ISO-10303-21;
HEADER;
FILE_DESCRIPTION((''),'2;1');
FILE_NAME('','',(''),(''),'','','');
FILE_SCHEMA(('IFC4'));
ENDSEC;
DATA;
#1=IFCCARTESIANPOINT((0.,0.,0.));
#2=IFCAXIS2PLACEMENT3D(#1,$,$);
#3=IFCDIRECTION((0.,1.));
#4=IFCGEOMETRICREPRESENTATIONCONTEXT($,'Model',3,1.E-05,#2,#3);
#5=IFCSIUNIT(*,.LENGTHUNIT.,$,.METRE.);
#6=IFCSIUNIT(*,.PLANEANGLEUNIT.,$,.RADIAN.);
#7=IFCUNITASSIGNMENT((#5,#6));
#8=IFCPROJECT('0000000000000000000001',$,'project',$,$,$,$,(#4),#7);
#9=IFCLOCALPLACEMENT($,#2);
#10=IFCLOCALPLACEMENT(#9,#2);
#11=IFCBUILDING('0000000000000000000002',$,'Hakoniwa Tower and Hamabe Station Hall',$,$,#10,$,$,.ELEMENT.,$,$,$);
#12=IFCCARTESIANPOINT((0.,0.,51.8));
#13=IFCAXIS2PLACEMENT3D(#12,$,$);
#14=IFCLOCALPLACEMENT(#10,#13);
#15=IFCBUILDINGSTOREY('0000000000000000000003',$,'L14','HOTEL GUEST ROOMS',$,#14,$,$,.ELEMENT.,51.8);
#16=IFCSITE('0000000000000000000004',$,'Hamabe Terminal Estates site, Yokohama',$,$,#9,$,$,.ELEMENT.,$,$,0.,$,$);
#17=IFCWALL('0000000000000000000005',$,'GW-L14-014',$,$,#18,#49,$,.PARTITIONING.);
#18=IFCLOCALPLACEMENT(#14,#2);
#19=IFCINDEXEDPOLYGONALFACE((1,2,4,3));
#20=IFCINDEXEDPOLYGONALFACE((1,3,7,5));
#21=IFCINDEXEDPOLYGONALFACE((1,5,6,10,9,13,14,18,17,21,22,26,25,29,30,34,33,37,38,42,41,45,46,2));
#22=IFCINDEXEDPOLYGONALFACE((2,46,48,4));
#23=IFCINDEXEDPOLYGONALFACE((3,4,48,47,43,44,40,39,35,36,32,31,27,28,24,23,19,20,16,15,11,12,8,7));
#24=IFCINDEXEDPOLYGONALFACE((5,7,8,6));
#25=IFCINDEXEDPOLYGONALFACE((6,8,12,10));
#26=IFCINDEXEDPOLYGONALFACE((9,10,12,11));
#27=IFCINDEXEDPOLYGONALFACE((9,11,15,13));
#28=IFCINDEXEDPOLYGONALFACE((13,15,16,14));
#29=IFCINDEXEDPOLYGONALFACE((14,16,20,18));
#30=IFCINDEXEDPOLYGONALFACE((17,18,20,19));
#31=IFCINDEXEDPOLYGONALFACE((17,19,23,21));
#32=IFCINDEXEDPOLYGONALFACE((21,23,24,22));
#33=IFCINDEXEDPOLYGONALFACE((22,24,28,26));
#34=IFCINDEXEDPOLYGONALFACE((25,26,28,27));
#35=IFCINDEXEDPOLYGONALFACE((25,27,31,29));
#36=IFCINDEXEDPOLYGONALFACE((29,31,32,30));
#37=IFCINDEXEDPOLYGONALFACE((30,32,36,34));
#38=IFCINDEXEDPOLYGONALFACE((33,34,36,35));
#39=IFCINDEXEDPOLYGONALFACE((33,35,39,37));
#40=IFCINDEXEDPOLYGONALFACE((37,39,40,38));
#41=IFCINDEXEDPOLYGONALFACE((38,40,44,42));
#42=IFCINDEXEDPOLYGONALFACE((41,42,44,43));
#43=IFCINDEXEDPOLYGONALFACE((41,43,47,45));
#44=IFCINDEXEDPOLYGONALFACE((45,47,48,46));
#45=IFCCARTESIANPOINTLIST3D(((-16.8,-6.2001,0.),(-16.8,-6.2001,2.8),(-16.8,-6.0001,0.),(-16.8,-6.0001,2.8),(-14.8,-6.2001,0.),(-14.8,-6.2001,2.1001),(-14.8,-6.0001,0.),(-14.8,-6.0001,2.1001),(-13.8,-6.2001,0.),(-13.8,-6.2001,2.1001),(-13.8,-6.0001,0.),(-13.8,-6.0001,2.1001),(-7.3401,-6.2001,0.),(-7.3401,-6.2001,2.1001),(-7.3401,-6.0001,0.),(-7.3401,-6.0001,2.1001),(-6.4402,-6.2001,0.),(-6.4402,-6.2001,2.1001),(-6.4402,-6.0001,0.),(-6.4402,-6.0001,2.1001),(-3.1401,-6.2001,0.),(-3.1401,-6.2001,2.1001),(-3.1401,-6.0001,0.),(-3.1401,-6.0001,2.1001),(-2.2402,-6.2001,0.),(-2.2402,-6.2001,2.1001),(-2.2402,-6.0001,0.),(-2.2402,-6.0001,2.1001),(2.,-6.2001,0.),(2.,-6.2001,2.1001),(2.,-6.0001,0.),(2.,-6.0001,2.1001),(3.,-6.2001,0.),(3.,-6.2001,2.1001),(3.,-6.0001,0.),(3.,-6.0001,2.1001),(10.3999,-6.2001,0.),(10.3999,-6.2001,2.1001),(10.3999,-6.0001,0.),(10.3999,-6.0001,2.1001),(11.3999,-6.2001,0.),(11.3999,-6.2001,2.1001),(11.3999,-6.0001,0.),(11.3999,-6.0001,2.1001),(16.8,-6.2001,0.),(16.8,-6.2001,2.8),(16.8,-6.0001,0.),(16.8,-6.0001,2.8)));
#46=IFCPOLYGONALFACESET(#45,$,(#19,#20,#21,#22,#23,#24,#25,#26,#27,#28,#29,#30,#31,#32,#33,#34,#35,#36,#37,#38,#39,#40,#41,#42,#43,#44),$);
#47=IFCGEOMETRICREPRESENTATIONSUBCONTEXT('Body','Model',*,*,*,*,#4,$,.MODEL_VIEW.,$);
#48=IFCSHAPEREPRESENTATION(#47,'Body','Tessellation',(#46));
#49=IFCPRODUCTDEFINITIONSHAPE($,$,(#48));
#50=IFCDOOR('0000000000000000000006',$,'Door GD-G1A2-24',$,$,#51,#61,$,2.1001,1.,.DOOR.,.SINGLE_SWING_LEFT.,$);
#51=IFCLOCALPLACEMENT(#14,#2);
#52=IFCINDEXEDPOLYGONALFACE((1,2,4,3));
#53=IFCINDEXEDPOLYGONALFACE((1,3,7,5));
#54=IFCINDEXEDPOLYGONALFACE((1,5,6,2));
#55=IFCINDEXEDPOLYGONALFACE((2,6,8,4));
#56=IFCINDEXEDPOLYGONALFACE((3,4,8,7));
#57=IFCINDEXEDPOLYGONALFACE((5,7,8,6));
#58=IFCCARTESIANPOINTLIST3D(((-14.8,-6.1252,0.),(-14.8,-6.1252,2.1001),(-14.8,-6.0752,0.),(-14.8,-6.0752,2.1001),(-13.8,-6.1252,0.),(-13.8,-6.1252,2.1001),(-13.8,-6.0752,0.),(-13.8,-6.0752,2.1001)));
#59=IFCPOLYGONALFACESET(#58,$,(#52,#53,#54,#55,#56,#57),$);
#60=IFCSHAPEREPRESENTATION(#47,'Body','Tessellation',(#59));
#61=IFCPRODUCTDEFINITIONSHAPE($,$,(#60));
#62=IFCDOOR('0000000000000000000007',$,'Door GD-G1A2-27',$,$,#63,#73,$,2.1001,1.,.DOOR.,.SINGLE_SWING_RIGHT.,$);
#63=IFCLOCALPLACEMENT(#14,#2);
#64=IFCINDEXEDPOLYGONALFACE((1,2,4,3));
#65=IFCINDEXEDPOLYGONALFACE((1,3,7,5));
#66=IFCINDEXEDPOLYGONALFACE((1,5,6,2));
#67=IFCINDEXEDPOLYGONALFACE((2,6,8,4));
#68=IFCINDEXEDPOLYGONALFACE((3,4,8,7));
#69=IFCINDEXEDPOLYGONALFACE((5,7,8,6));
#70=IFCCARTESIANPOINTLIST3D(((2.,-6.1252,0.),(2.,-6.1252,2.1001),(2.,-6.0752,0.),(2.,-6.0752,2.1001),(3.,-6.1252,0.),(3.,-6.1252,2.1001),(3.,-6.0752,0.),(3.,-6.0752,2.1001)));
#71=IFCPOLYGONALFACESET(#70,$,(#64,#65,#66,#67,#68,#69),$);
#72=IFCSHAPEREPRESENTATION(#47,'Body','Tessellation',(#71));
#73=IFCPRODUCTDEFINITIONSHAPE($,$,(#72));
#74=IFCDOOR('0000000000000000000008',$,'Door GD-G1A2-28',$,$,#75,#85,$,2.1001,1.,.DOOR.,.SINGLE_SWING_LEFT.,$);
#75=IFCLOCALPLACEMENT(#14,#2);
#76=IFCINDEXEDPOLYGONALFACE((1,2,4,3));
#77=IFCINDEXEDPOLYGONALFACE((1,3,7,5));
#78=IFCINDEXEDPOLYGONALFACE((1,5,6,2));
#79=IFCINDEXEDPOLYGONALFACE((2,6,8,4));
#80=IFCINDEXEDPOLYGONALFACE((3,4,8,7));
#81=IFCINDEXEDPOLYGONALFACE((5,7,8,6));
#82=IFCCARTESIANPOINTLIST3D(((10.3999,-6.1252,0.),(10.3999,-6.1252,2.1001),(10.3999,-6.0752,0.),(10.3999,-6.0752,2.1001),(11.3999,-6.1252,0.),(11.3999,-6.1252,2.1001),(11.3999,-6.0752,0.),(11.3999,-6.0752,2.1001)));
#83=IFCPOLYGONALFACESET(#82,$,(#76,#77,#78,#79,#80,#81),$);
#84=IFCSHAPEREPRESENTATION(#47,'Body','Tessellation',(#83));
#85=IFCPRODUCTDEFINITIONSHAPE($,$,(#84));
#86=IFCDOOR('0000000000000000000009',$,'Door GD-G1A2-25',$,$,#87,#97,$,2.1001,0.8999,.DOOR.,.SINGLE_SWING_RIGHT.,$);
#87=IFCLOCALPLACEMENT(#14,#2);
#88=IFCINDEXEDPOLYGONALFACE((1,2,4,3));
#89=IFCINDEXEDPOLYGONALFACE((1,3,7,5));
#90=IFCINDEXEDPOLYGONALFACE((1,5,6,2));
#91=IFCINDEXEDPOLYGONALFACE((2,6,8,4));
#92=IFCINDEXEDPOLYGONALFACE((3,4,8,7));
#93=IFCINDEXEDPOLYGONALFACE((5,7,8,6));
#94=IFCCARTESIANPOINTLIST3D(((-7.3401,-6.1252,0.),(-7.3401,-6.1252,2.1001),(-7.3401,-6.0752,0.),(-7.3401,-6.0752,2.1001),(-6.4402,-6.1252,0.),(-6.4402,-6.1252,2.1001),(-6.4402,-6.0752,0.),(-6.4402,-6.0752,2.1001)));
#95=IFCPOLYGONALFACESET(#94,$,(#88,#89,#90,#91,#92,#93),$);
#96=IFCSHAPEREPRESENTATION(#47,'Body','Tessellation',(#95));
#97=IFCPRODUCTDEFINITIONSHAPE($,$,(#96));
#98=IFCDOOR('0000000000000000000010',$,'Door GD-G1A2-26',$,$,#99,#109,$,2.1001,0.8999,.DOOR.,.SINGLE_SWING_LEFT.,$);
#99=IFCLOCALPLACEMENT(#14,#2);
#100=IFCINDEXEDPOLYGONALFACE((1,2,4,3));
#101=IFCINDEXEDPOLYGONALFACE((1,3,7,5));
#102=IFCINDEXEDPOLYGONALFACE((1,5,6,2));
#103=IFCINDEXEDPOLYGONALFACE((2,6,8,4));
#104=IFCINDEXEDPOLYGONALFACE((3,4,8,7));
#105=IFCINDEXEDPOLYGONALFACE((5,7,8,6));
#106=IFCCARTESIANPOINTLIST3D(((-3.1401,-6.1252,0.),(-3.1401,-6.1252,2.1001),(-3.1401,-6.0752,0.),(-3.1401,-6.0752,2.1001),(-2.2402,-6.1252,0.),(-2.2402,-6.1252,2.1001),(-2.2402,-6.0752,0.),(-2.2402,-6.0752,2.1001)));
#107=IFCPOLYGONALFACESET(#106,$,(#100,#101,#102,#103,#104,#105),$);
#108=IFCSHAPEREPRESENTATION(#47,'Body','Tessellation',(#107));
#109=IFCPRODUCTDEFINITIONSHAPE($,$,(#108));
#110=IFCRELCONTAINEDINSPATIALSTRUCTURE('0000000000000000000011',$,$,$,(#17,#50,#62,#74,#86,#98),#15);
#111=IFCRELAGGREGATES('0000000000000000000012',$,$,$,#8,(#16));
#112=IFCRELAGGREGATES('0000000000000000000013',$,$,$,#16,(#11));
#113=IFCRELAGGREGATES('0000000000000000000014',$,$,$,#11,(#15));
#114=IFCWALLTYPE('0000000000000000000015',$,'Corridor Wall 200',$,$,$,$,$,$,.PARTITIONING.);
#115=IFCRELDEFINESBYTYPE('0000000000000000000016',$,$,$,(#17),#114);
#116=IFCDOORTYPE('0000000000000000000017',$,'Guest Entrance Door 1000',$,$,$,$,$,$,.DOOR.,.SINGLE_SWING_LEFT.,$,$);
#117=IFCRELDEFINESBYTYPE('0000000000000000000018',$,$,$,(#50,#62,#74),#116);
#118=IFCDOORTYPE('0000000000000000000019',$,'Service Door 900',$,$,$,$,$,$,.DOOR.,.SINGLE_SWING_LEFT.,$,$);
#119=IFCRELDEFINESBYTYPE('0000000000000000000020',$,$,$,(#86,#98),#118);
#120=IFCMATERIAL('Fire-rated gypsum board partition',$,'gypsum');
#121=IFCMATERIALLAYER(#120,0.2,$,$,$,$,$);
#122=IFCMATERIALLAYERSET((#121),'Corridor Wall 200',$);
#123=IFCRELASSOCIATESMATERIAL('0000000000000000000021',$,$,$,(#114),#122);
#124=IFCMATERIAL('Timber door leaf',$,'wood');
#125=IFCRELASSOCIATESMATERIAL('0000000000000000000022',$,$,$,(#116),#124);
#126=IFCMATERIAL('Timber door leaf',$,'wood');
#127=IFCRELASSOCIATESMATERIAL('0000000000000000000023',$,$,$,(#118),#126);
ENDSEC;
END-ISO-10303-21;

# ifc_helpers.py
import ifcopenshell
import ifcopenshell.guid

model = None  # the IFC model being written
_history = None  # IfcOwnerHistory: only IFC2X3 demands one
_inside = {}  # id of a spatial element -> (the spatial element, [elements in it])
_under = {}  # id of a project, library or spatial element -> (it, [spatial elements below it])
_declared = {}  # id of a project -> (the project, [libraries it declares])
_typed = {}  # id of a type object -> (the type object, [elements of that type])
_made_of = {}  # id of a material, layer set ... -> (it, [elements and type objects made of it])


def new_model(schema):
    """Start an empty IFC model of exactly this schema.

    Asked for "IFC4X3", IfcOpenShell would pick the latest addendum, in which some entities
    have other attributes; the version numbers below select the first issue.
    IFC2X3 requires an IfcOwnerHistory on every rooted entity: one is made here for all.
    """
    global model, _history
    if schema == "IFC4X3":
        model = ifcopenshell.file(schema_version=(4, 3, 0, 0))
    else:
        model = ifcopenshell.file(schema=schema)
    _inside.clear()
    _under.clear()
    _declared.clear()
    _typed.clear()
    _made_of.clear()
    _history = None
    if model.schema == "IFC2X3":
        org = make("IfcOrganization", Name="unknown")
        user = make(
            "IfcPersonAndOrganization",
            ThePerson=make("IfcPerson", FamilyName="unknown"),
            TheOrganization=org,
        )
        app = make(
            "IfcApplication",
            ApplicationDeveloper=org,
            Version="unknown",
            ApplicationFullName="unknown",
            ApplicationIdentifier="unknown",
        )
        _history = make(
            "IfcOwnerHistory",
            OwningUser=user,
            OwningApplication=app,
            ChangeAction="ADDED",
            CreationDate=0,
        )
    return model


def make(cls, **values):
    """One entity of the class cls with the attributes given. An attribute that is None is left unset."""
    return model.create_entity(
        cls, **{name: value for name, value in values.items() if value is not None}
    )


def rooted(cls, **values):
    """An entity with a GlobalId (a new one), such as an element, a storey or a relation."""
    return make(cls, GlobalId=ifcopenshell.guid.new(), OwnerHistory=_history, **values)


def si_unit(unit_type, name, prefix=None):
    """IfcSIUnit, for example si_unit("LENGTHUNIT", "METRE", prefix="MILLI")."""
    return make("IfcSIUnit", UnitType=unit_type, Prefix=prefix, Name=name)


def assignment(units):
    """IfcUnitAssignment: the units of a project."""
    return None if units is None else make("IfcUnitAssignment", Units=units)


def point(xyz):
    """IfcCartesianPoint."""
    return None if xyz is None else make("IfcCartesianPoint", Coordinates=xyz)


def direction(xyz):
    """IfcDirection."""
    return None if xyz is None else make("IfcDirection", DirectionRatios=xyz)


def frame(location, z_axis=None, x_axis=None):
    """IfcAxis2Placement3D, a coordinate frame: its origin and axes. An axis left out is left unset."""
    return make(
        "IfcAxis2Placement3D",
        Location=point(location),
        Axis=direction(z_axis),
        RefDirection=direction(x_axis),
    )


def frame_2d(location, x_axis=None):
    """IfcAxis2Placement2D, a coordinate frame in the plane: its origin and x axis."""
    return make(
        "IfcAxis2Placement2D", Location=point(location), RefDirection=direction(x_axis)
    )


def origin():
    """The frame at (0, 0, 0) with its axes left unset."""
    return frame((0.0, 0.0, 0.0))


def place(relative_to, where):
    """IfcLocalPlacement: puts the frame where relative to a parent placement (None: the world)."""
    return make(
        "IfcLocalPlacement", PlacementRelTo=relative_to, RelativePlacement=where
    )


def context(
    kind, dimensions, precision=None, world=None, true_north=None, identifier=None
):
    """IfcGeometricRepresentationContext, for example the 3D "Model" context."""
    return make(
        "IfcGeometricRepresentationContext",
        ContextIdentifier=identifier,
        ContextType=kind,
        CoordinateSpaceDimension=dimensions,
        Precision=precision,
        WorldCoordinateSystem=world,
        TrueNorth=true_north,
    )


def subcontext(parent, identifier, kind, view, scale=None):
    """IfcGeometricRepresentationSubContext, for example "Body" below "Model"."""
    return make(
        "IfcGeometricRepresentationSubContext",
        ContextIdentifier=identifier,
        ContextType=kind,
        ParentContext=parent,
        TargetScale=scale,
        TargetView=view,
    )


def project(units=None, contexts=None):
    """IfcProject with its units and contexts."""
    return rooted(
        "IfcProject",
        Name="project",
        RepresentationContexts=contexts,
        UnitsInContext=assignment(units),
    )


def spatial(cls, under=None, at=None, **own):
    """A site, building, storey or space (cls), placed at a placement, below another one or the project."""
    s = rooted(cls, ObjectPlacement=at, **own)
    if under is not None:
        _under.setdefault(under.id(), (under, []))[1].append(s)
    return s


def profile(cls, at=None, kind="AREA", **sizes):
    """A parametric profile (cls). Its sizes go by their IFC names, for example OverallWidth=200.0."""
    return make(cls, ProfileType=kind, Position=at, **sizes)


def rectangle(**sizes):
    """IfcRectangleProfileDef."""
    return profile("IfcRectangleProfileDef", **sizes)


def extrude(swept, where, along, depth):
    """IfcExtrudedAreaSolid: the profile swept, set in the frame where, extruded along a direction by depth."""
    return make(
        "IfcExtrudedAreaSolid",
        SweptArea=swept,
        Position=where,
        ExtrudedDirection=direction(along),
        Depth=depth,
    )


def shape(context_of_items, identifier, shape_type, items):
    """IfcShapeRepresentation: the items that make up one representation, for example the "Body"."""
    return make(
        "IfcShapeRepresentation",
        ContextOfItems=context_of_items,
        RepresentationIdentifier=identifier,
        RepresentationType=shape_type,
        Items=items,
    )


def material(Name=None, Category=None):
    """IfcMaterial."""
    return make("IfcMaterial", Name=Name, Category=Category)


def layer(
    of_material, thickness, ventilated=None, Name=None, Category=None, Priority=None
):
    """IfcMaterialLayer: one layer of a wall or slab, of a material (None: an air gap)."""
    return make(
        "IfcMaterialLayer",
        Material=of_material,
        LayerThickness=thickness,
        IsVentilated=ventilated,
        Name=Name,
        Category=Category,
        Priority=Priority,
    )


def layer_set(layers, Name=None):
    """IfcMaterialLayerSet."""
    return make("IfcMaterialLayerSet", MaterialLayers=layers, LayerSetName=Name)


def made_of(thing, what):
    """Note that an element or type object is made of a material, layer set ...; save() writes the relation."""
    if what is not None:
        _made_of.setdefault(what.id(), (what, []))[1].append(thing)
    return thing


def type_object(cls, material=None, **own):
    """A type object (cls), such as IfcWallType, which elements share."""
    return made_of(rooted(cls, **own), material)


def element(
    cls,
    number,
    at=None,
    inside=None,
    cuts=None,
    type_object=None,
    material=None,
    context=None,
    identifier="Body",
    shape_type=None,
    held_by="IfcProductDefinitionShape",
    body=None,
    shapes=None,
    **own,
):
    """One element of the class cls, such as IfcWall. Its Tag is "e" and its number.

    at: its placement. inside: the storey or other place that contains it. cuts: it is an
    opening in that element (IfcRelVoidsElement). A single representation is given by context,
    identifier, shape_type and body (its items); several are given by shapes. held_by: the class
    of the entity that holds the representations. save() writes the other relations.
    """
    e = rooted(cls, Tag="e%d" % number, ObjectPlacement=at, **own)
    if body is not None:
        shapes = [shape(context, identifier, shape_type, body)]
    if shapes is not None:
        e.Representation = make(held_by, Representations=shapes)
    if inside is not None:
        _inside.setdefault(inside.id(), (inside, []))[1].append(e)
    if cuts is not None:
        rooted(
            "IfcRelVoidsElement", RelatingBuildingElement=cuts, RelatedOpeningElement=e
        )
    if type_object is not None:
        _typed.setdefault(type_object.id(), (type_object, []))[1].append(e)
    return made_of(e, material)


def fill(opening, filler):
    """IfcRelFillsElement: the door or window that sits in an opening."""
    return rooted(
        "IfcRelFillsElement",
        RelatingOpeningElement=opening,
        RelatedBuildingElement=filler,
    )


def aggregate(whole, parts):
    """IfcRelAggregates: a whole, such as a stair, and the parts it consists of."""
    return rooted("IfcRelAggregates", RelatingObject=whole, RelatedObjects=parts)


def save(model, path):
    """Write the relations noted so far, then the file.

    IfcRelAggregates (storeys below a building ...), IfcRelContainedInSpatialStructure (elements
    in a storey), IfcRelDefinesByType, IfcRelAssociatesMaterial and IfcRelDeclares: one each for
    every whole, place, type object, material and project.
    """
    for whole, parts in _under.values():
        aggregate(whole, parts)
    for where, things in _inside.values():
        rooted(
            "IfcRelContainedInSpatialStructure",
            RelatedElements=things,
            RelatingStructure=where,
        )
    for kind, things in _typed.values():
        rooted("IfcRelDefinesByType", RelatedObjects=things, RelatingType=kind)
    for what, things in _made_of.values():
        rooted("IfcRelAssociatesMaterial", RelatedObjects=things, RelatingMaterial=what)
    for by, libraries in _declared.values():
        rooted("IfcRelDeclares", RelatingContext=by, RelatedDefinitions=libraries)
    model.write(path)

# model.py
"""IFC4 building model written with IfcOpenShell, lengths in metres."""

from ifc_helpers import new_model, si_unit, direction, frame, frame_2d, origin, place, context, subcontext, project, spatial, rectangle, extrude, material, layer, layer_set, type_object, element, fill, save


model = new_model("IFC4")

# Units and contexts
model_context = context("Model", 3, precision=1e-05, world=origin(), true_north=direction((0.0, 1.0)))
body_context = subcontext(model_context, "Body", "Model", "MODEL_VIEW")
ifc_project = project(units=[si_unit("LENGTHUNIT", "METRE"), si_unit("PLANEANGLEUNIT", "RADIAN")], contexts=[model_context])

# Site, building, storey
site_placement = place(None, origin())
site = spatial("IfcSite", under=ifc_project, at=site_placement, Name="Hamabe Terminal Estates site, Yokohama", CompositionType="ELEMENT", RefElevation=0.0)
building_placement = place(site_placement, origin())
building = spatial("IfcBuilding", under=site, at=building_placement, Name="Hakoniwa Tower and Hamabe Station Hall", CompositionType="ELEMENT")
storey_placement = place(building_placement, frame((0.0, 0.0, 51.8)))
storey = spatial("IfcBuildingStorey", under=building, at=storey_placement, Name="L14", Description="HOTEL GUEST ROOMS", CompositionType="ELEMENT", Elevation=51.8)

# Wall, openings, doors
ifc_material_1 = material(Name="Fire-rated gypsum board partition", Category="gypsum")
ifc_layer_1 = layer(ifc_material_1, 0.2)
ifc_layer_set_1 = layer_set([ifc_layer_1], Name="Corridor Wall 200")
wall_type_1 = type_object("IfcWallType", Name="Corridor Wall 200", PredefinedType="PARTITIONING", material=ifc_layer_set_1)
wall_1_placement = place(storey_placement, frame((-16.8, -6.1001, 0.0), z_axis=(0.0, 0.0, 1.0), x_axis=(1.0, 0.0, 0.0)))
wall_1 = element("IfcWall", 1, at=wall_1_placement, inside=storey, type_object=wall_type_1, Name="GW-L14-014", PredefinedType="PARTITIONING", context=body_context, shape_type="SweptSolid", body=[
    extrude(rectangle(XDim=33.6001, YDim=0.2, at=frame_2d((16.8, 0.0))), origin(), (0.0, 0.0, 1.0), 2.8),
])
opening_1_placement = place(wall_1_placement, frame((2.0, 0.0, 0.0)))
opening_1 = element("IfcOpeningElement", 2, at=opening_1_placement, cuts=wall_1, PredefinedType="OPENING", context=body_context, shape_type="SweptSolid", body=[
    extrude(rectangle(XDim=1.0, YDim=2.1001, at=frame_2d((0.5, 1.05))), frame((0.0, 0.1099, 0.0), z_axis=(0.0, -1.0, 0.0), x_axis=(1.0, 0.0, 0.0)), (0.0, 0.0, 1.0), 0.22),
])
opening_2_placement = place(wall_1_placement, frame((9.46, 0.0, 0.0)))
opening_2 = element("IfcOpeningElement", 3, at=opening_2_placement, cuts=wall_1, PredefinedType="OPENING", context=body_context, shape_type="SweptSolid", body=[
    extrude(rectangle(XDim=0.8999, YDim=2.1001, at=frame_2d((0.45, 1.05))), frame((0.0, 0.1099, 0.0), z_axis=(0.0, -1.0, 0.0), x_axis=(1.0, 0.0, 0.0)), (0.0, 0.0, 1.0), 0.22),
])
opening_3_placement = place(wall_1_placement, frame((13.6599, 0.0, 0.0)))
opening_3 = element("IfcOpeningElement", 4, at=opening_3_placement, cuts=wall_1, PredefinedType="OPENING", context=body_context, shape_type="SweptSolid", body=[
    extrude(rectangle(XDim=0.8999, YDim=2.1001, at=frame_2d((0.45, 1.05))), frame((0.0, 0.1099, 0.0), z_axis=(0.0, -1.0, 0.0), x_axis=(1.0, 0.0, 0.0)), (0.0, 0.0, 1.0), 0.22),
])
opening_4_placement = place(wall_1_placement, frame((18.8, 0.0, 0.0)))
opening_4 = element("IfcOpeningElement", 5, at=opening_4_placement, cuts=wall_1, PredefinedType="OPENING", context=body_context, shape_type="SweptSolid", body=[
    extrude(rectangle(XDim=1.0, YDim=2.1001, at=frame_2d((0.5, 1.05))), frame((0.0, 0.1099, 0.0), z_axis=(0.0, -1.0, 0.0), x_axis=(1.0, 0.0, 0.0)), (0.0, 0.0, 1.0), 0.22),
])
opening_5_placement = place(wall_1_placement, frame((27.2, 0.0, 0.0)))
opening_5 = element("IfcOpeningElement", 6, at=opening_5_placement, cuts=wall_1, PredefinedType="OPENING", context=body_context, shape_type="SweptSolid", body=[
    extrude(rectangle(XDim=1.0, YDim=2.1001, at=frame_2d((0.5, 1.05))), frame((0.0, 0.1099, 0.0), z_axis=(0.0, -1.0, 0.0), x_axis=(1.0, 0.0, 0.0)), (0.0, 0.0, 1.0), 0.22),
])
ifc_material_2 = material(Name="Timber door leaf", Category="wood")
door_type_1 = type_object("IfcDoorType", Name="Guest Entrance Door 1000", OperationType="SINGLE_SWING_LEFT", PredefinedType="DOOR", material=ifc_material_2)
door_1_placement = place(opening_1_placement, origin())
door_1 = element("IfcDoor", 7, at=door_1_placement, inside=storey, type_object=door_type_1, Name="Door GD-G1A2-24", OperationType="SINGLE_SWING_LEFT", OverallHeight=2.1001, OverallWidth=1.0, PredefinedType="DOOR", context=body_context, shape_type="SweptSolid", body=[
    extrude(rectangle(XDim=1.0, YDim=2.1001, at=frame_2d((0.5, 1.05))), frame((0.0, 0.0249, 0.0), z_axis=(0.0, -1.0, 0.0), x_axis=(1.0, 0.0, 0.0)), (0.0, 0.0, 1.0), 0.05),
])
fill(opening_1, door_1)
door_2_placement = place(opening_4_placement, origin())
door_2 = element("IfcDoor", 8, at=door_2_placement, inside=storey, type_object=door_type_1, Name="Door GD-G1A2-27", OperationType="SINGLE_SWING_RIGHT", OverallHeight=2.1001, OverallWidth=1.0, PredefinedType="DOOR", context=body_context, shape_type="SweptSolid", body=[
    extrude(rectangle(XDim=1.0, YDim=2.1001, at=frame_2d((0.5, 1.05))), frame((0.0, 0.0249, 0.0), z_axis=(0.0, -1.0, 0.0), x_axis=(1.0, 0.0, 0.0)), (0.0, 0.0, 1.0), 0.05),
])
fill(opening_4, door_2)
door_3_placement = place(opening_5_placement, origin())
door_3 = element("IfcDoor", 9, at=door_3_placement, inside=storey, type_object=door_type_1, Name="Door GD-G1A2-28", OperationType="SINGLE_SWING_LEFT", OverallHeight=2.1001, OverallWidth=1.0, PredefinedType="DOOR", context=body_context, shape_type="SweptSolid", body=[
    extrude(rectangle(XDim=1.0, YDim=2.1001, at=frame_2d((0.5, 1.05))), frame((0.0, 0.0249, 0.0), z_axis=(0.0, -1.0, 0.0), x_axis=(1.0, 0.0, 0.0)), (0.0, 0.0, 1.0), 0.05),
])
fill(opening_5, door_3)
ifc_material_3 = material(Name="Timber door leaf", Category="wood")
door_type_2 = type_object("IfcDoorType", Name="Service Door 900", OperationType="SINGLE_SWING_LEFT", PredefinedType="DOOR", material=ifc_material_3)
door_4_placement = place(opening_2_placement, origin())
door_4 = element("IfcDoor", 10, at=door_4_placement, inside=storey, type_object=door_type_2, Name="Door GD-G1A2-25", OperationType="SINGLE_SWING_RIGHT", OverallHeight=2.1001, OverallWidth=0.8999, PredefinedType="DOOR", context=body_context, shape_type="SweptSolid", body=[
    extrude(rectangle(XDim=0.8999, YDim=2.1001, at=frame_2d((0.45, 1.05))), frame((0.0, 0.0249, 0.0), z_axis=(0.0, -1.0, 0.0), x_axis=(1.0, 0.0, 0.0)), (0.0, 0.0, 1.0), 0.05),
])
fill(opening_2, door_4)
door_5_placement = place(opening_3_placement, origin())
door_5 = element("IfcDoor", 11, at=door_5_placement, inside=storey, type_object=door_type_2, Name="Door GD-G1A2-26", OperationType="SINGLE_SWING_LEFT", OverallHeight=2.1001, OverallWidth=0.8999, PredefinedType="DOOR", context=body_context, shape_type="SweptSolid", body=[
    extrude(rectangle(XDim=0.8999, YDim=2.1001, at=frame_2d((0.45, 1.05))), frame((0.0, 0.0249, 0.0), z_axis=(0.0, -1.0, 0.0), x_axis=(1.0, 0.0, 0.0)), (0.0, 0.0, 1.0), 0.05),
])
fill(opening_3, door_5)

save(model, "model.ifc")
